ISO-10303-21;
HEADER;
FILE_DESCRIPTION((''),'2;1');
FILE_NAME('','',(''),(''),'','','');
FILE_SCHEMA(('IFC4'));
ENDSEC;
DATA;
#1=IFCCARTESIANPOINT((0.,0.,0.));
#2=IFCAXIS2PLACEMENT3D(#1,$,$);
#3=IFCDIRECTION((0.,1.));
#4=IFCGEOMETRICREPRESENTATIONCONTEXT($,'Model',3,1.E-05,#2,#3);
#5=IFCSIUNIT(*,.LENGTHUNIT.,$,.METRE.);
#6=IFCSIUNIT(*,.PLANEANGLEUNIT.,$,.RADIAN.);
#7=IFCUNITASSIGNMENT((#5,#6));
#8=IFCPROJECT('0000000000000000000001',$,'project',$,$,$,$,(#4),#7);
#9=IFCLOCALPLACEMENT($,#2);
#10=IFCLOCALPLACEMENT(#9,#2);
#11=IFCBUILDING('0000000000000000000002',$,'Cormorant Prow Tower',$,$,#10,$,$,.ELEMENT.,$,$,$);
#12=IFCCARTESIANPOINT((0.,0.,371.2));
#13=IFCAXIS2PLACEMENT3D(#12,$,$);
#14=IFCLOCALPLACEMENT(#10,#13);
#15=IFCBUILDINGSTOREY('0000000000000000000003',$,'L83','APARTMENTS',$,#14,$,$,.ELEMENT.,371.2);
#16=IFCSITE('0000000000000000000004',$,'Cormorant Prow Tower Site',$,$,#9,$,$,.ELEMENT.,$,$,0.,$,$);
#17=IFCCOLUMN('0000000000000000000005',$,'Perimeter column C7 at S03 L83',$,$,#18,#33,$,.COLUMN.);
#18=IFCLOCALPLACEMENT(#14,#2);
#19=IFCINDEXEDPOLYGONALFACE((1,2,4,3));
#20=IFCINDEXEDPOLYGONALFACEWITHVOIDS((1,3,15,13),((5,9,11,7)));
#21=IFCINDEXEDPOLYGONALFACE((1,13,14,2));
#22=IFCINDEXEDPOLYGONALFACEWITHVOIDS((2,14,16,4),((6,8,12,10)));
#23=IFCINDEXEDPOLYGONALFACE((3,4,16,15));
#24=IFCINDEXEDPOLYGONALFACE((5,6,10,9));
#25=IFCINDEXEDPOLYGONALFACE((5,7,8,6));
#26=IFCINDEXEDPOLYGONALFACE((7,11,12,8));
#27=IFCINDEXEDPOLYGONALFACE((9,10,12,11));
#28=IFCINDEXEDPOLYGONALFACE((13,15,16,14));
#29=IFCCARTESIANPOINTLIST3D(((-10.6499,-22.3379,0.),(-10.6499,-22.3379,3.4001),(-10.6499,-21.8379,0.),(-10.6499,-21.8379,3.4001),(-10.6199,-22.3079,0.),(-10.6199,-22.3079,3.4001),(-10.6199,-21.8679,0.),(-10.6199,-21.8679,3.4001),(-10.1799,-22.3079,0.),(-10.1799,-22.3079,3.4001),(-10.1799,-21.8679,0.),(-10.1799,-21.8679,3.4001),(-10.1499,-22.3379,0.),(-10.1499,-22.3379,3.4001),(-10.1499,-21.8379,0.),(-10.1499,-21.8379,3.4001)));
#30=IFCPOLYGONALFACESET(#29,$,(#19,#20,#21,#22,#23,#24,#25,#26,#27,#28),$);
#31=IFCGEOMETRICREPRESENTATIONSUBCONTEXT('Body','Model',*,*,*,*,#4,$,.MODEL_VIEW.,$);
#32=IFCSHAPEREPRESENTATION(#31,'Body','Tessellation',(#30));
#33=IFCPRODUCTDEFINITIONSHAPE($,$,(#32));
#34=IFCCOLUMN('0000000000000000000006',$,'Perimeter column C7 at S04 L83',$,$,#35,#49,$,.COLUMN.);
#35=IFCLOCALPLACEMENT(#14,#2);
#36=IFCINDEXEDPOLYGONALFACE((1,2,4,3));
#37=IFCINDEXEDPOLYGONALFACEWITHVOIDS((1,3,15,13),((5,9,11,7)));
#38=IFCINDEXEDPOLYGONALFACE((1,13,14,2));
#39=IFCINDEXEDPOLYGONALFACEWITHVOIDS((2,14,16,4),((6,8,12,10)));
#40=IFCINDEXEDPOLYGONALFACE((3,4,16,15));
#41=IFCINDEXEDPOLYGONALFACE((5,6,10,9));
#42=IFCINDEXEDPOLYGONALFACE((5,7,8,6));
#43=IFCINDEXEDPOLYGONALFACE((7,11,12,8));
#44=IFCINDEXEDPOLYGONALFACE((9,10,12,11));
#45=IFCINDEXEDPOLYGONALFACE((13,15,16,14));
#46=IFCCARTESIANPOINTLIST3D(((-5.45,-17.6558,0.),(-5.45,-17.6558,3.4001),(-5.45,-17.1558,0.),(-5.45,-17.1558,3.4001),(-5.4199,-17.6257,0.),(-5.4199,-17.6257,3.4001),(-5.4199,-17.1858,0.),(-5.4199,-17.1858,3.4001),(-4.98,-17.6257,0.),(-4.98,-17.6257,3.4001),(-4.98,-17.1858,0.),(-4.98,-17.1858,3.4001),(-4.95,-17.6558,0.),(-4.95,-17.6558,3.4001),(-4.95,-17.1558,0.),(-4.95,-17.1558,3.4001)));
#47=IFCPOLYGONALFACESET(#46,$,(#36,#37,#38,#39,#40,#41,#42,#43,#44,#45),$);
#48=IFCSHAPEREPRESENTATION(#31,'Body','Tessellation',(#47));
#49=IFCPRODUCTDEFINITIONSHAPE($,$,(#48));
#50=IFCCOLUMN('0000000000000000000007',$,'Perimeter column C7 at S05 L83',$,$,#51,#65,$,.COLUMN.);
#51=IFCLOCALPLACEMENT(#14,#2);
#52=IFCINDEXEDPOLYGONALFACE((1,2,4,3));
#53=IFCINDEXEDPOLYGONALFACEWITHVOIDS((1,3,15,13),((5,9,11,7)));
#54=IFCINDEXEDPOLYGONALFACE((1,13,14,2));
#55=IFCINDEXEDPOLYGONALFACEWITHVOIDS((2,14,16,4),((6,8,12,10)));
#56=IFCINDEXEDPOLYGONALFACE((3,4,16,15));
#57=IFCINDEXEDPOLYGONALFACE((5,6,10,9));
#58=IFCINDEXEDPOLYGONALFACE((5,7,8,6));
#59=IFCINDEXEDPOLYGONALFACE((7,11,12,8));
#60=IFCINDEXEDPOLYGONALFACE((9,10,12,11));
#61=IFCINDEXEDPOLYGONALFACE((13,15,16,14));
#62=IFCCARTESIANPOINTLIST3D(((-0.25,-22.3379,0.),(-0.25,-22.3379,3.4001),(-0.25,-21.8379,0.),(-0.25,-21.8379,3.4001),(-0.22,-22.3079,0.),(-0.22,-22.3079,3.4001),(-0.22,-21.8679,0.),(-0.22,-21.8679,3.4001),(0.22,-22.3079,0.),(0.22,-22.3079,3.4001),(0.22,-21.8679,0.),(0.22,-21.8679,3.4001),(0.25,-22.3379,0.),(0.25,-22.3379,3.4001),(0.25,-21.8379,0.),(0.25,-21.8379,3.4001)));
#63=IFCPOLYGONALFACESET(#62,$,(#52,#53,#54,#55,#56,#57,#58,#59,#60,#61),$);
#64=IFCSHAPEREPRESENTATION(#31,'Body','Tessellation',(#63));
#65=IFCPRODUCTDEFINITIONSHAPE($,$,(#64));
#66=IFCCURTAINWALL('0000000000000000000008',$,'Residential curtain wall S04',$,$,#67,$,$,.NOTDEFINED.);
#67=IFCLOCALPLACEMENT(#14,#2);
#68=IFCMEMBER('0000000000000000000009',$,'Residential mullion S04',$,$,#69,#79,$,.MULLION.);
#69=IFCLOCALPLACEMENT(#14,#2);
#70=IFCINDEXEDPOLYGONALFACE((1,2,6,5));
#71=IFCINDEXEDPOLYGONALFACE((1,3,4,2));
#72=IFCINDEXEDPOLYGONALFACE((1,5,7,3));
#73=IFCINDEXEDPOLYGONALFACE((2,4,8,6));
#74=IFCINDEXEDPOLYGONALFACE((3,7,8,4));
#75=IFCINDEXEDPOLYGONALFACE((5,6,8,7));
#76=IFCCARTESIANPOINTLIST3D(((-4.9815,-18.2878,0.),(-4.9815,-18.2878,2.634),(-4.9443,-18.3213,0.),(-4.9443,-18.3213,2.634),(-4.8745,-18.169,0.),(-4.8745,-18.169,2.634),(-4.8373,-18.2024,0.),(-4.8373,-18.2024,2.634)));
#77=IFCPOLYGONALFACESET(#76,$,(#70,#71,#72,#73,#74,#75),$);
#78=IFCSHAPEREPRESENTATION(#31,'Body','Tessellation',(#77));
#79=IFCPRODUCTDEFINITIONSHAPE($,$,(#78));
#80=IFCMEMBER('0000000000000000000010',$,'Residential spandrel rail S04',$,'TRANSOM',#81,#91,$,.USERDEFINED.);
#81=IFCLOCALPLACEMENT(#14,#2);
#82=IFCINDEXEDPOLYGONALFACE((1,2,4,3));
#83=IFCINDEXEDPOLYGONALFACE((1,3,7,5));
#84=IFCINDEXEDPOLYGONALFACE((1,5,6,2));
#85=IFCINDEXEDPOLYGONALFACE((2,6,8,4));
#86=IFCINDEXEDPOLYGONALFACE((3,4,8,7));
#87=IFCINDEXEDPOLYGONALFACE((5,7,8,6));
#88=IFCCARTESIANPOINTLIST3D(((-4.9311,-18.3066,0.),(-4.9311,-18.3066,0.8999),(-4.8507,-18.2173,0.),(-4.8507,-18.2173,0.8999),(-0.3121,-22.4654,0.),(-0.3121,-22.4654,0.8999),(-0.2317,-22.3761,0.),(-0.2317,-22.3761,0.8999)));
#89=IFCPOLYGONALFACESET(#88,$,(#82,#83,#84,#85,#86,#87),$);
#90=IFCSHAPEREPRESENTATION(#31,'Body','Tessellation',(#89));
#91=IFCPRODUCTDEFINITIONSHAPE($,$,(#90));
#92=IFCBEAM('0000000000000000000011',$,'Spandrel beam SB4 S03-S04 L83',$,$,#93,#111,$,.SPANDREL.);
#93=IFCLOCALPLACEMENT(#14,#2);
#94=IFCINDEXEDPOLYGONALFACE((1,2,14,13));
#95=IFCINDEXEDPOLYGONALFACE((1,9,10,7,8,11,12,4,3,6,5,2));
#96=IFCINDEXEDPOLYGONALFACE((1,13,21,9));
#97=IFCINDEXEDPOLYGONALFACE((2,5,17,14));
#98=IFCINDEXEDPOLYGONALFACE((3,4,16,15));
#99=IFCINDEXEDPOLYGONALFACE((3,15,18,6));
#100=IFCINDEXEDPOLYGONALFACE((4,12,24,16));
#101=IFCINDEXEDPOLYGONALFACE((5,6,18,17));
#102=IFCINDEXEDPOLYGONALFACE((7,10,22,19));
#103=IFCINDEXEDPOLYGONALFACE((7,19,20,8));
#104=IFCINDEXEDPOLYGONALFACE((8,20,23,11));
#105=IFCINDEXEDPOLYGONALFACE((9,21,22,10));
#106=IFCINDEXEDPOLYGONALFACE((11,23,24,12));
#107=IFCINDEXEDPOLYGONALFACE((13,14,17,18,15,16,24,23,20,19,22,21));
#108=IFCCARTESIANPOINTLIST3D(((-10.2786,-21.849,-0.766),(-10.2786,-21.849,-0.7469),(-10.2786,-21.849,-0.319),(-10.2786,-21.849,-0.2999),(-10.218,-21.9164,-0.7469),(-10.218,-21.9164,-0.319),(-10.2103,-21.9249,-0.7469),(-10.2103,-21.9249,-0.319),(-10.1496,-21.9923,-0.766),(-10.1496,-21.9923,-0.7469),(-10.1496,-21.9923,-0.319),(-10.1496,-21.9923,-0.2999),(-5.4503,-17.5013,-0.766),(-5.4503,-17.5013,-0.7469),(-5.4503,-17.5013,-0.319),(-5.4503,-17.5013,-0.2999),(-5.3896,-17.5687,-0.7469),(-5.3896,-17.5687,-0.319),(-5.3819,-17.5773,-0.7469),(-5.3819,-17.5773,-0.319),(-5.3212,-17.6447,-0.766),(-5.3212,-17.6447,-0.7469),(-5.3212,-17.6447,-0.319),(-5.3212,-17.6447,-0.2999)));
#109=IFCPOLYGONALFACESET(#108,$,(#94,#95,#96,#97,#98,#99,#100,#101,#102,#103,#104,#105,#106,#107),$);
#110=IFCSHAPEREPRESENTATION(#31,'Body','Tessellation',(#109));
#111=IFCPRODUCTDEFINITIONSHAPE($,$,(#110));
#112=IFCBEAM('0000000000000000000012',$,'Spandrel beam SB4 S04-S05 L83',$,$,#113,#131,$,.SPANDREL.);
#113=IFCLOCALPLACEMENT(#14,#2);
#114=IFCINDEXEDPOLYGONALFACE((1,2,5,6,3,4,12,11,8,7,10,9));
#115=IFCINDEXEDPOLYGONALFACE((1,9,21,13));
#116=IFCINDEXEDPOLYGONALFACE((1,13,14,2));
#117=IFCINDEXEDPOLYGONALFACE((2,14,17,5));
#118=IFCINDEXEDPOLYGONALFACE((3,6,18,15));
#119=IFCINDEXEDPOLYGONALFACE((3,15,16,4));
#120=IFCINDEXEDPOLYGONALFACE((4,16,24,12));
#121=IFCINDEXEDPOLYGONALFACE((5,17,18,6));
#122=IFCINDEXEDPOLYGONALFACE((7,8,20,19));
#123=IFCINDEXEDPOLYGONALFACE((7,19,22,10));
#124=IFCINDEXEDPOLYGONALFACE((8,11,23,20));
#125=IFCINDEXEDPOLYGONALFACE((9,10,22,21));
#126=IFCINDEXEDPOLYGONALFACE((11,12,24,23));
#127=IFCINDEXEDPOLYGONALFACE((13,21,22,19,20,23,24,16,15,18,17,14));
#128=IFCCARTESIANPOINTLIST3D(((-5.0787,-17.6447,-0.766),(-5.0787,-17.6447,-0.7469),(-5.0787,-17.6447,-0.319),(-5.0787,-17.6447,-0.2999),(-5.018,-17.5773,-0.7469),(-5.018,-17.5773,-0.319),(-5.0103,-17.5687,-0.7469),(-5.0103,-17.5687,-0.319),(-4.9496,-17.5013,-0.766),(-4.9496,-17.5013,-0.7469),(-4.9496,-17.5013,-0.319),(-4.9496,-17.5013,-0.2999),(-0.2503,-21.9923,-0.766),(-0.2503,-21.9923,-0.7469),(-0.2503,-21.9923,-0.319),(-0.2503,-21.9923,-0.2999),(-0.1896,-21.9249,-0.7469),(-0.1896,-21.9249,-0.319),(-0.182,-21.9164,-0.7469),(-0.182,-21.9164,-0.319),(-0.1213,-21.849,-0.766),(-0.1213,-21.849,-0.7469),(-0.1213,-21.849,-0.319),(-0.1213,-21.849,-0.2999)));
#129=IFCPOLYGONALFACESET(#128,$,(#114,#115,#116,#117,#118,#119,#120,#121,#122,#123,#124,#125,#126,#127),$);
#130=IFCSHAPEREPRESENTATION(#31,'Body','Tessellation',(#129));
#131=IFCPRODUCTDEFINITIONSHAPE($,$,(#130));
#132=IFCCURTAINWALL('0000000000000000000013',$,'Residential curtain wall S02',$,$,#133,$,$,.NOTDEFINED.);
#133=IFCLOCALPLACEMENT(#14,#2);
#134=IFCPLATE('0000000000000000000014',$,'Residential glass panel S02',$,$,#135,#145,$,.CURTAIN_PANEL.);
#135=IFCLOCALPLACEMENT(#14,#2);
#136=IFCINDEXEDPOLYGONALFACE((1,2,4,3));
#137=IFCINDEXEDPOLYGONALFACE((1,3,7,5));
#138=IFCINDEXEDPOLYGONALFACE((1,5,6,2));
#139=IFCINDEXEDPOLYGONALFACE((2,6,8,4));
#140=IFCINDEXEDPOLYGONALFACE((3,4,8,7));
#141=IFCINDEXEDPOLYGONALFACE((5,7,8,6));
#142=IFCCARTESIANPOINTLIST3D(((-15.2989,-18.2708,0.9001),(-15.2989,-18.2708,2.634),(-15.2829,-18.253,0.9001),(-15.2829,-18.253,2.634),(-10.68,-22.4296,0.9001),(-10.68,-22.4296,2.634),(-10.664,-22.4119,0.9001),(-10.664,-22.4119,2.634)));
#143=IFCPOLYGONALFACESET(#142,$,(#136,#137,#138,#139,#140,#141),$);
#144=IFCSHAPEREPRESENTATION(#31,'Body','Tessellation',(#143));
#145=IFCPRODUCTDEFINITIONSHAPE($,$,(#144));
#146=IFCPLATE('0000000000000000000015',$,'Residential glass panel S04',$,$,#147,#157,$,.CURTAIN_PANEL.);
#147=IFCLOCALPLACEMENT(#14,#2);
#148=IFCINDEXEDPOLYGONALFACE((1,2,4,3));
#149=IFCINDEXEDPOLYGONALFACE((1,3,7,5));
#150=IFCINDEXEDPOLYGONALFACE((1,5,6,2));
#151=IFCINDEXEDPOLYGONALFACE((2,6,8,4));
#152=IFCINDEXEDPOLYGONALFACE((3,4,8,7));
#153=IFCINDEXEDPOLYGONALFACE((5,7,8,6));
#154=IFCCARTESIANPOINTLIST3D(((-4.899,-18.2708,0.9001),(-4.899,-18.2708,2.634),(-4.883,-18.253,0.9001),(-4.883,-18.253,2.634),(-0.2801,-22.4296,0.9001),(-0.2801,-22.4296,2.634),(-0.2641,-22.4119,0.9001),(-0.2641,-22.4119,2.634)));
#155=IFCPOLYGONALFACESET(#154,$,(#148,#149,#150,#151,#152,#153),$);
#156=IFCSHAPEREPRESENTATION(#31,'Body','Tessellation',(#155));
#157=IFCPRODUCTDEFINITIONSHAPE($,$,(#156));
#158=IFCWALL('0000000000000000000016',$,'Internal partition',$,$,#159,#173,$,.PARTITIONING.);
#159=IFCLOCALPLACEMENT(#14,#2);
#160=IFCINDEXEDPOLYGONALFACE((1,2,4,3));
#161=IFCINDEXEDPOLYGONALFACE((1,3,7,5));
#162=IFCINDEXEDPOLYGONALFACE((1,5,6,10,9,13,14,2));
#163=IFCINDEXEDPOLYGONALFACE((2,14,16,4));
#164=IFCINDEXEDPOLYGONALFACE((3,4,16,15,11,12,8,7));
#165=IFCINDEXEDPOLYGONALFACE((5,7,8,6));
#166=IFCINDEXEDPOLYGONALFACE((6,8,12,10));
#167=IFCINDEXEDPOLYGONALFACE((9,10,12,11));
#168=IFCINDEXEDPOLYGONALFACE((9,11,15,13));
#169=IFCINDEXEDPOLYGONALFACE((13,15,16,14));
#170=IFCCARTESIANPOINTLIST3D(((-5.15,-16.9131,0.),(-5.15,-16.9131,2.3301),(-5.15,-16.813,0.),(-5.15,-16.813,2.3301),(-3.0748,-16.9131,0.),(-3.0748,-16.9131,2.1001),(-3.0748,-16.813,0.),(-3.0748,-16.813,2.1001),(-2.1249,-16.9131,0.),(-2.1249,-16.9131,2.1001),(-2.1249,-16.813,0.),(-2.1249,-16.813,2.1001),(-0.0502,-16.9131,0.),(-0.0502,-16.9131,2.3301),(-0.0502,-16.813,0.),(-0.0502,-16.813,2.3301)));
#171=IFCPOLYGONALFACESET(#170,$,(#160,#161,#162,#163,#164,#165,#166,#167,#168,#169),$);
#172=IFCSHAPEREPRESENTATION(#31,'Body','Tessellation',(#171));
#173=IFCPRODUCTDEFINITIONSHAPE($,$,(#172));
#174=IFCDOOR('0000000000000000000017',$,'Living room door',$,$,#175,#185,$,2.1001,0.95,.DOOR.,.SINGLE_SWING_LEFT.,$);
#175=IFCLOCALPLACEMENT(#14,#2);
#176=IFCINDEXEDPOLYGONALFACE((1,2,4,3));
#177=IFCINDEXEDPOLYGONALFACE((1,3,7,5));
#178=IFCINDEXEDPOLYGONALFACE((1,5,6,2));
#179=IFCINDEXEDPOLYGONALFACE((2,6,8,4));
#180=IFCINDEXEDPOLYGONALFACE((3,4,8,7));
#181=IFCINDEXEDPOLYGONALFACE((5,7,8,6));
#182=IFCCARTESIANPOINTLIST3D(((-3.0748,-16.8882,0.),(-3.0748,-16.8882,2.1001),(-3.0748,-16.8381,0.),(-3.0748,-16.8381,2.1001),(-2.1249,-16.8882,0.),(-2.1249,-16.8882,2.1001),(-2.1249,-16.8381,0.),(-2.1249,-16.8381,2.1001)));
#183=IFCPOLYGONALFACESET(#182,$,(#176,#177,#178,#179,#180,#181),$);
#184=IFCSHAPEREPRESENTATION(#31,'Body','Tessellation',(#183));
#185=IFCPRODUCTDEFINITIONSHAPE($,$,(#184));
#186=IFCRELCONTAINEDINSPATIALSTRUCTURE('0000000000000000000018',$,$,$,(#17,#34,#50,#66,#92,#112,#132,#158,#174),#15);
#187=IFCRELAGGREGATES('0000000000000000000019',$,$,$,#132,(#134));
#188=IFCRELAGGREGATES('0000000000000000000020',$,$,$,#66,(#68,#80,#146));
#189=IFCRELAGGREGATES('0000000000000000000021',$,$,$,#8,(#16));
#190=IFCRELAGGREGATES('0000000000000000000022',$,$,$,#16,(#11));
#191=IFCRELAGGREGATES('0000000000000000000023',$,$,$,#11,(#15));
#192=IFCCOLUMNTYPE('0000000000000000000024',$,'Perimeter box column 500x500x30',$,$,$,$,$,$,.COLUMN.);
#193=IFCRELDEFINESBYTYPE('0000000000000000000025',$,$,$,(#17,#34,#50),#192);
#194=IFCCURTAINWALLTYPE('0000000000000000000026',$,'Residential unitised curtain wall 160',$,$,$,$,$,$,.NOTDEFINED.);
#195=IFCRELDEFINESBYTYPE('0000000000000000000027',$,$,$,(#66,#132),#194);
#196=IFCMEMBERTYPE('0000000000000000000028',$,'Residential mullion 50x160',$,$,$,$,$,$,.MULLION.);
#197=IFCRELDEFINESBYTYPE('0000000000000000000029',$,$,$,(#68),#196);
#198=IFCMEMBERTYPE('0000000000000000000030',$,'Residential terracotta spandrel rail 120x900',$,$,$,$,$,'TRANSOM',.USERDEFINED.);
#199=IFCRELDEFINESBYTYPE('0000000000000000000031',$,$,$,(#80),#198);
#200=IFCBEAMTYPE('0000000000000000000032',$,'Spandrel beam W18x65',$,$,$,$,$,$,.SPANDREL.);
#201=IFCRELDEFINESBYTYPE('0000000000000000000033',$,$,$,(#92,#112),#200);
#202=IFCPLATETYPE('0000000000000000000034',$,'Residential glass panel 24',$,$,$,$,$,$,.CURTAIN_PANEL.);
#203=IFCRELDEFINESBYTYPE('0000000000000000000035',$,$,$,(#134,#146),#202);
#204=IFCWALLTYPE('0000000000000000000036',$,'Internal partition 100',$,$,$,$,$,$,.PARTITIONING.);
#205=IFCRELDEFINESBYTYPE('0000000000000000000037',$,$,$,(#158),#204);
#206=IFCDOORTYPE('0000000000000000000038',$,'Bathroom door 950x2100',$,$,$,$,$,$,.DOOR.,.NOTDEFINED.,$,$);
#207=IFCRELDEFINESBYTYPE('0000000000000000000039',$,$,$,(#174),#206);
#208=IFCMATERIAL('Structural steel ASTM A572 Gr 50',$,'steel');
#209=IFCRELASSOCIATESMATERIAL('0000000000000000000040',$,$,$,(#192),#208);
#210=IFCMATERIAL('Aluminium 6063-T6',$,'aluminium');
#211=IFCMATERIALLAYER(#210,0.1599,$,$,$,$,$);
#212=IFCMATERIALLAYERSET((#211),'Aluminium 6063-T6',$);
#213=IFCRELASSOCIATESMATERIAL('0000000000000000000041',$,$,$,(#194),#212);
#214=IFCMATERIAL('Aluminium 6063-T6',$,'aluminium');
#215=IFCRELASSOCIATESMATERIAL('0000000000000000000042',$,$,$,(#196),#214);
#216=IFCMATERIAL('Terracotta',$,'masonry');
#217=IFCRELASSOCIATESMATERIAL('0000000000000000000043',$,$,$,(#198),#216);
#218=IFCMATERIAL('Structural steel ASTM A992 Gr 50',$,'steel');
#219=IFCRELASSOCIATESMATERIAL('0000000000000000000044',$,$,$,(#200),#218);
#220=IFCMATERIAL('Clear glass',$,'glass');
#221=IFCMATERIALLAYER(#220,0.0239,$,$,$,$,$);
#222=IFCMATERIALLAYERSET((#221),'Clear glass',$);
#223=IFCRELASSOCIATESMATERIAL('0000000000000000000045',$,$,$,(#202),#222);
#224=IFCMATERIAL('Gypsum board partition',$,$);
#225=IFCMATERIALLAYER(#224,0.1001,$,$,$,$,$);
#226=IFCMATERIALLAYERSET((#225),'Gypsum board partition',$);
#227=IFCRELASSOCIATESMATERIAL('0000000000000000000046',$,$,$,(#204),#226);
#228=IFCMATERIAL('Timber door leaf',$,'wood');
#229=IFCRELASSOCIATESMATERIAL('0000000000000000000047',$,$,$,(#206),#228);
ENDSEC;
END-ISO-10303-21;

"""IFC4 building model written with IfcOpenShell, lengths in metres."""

from ifc_helpers import new_model, si_unit, direction, frame, frame_2d, origin, origin_2d, place, context, subcontext, project, spatial, rectangle, hollow_rectangle, i_section, extrude, material, layer, layer_set, material_profile, profile_set, type_object, element, fill, aggregate, save


model = new_model("IFC4")

# Units and contexts
model_context = context("Model", 3, precision=1e-05, world=origin(), true_north=direction((0.0, 1.0)))
body_context = subcontext(model_context, "Body", "Model", "MODEL_VIEW")
ifc_project = project(units=[si_unit("LENGTHUNIT", "METRE"), si_unit("PLANEANGLEUNIT", "RADIAN")], contexts=[model_context])

# Site, building, storey
site_placement = place(None, origin())
site = spatial("IfcSite", under=ifc_project, at=site_placement, Name="Cormorant Prow Tower Site", CompositionType="ELEMENT", RefElevation=0.0)
building_placement = place(site_placement, origin())
building = spatial("IfcBuilding", under=site, at=building_placement, Name="Cormorant Prow Tower", CompositionType="ELEMENT")
storey_placement = place(building_placement, frame((0.0, 0.0, 371.2)))
storey = spatial("IfcBuildingStorey", under=building, at=storey_placement, Name="L83", Description="APARTMENTS", CompositionType="ELEMENT", Elevation=371.2)

# Columns
ifc_material_1 = material(Name="Structural steel ASTM A572 Gr 50", Category="steel")
ifc_material_profile_1 = material_profile(ifc_material_1, hollow_rectangle(XDim=0.5, YDim=0.5, WallThickness=0.03, at=origin_2d()), Name="Box 500x500x30")
ifc_profile_set_1 = profile_set([ifc_material_profile_1], Name="Structural steel ASTM A572 Gr 50")
column_type = type_object("IfcColumnType", Name="Perimeter box column 500x500x30", PredefinedType="COLUMN", material=ifc_profile_set_1)
for number, where, z_axis, x_axis, name in (
    (1, (-10.3999, -22.0879, 0.0), (0.0, 0.0, 1.0), (1.0, 0.0, 0.0), "Perimeter column C7 at S03 L83"),
    (2, (-5.2, -17.4058, 0.0), (0.0, 0.0, 1.0), (1.0, 0.0, 0.0), "Perimeter column C7 at S04 L83"),
    (3, (0.0, -22.0879, 0.0), (0.0, 0.0, 1.0), (1.0, 0.0, 0.0), "Perimeter column C7 at S05 L83"),
):
    element("IfcColumn", number, at=place(storey_placement, frame(where, z_axis=z_axis, x_axis=x_axis)), inside=storey, type_object=column_type, Name=name, PredefinedType="COLUMN", context=body_context, shape_type="SweptSolid", body=[
        extrude(hollow_rectangle(XDim=0.5, YDim=0.5, WallThickness=0.03, at=origin_2d()), origin(), (0.0, 0.0, 1.0), 3.4001),
    ])

# Curtain wall, members
ifc_material_2 = material(Name="Aluminium 6063-T6", Category="aluminium")
ifc_layer_1 = layer(ifc_material_2, 0.1599)
ifc_layer_set_1 = layer_set([ifc_layer_1], Name="Aluminium 6063-T6")
curtain_wall_type = type_object("IfcCurtainWallType", Name="Residential unitised curtain wall 160", PredefinedType="NOTDEFINED", material=ifc_layer_set_1)
curtain_wall_1_placement = place(storey_placement, origin())
curtain_wall_1 = element("IfcCurtainWall", 4, at=curtain_wall_1_placement, inside=storey, type_object=curtain_wall_type, Name="Residential curtain wall S04", PredefinedType="NOTDEFINED")
ifc_material_3 = material(Name="Aluminium 6063-T6", Category="aluminium")
ifc_material_profile_2 = material_profile(ifc_material_3, rectangle(XDim=0.1599, YDim=0.05, at=origin_2d()), Name="Residential mullion 50x160")
ifc_profile_set_2 = profile_set([ifc_material_profile_2], Name="Aluminium 6063-T6")
member_type_1 = type_object("IfcMemberType", Name="Residential mullion 50x160", PredefinedType="MULLION", material=ifc_profile_set_2)
member_1_placement = place(storey_placement, frame((-4.9094, -18.2451, 0.0), z_axis=(0.0, 0.0, 1.0), x_axis=(0.669131, 0.743145, 0.0)))
member_1 = element("IfcMember", 5, at=member_1_placement, type_object=member_type_1, Name="Residential mullion S04", PredefinedType="MULLION", context=body_context, shape_type="SweptSolid", body=[
    extrude(rectangle(XDim=0.1599, YDim=0.05, at=origin_2d()), origin(), (0.0, 0.0, 1.0), 2.634),
])
ifc_material_4 = material(Name="Terracotta", Category="masonry")
ifc_material_profile_3 = material_profile(ifc_material_4, rectangle(XDim=0.1201, YDim=0.8999, at=origin_2d()), Name="Residential terracotta spandrel rail 120x900")
ifc_profile_set_3 = profile_set([ifc_material_profile_3], Name="Terracotta")
member_type_2 = type_object("IfcMemberType", Name="Residential terracotta spandrel rail 120x900", ElementType="TRANSOM", PredefinedType="USERDEFINED", material=ifc_profile_set_3)
member_2_placement = place(storey_placement, frame((-4.8909, -18.262, 0.45), z_axis=(0.743159, -0.669114, 0.0), x_axis=(0.669114, 0.743159, 0.0)))
member_2 = element("IfcMember", 6, at=member_2_placement, type_object=member_type_2, Name="Residential spandrel rail S04", ObjectType="TRANSOM", PredefinedType="USERDEFINED", context=body_context, shape_type="SweptSolid", body=[
    extrude(rectangle(XDim=0.1201, YDim=0.8999, at=origin_2d()), origin(), (0.0, 0.0, 1.0), 6.2153),
])

# Beams
ifc_material_5 = material(Name="Structural steel ASTM A992 Gr 50", Category="steel")
ifc_material_profile_4 = material_profile(ifc_material_5, i_section(OverallWidth=0.1929, OverallDepth=0.4661, WebThickness=0.0115, FlangeThickness=0.019, at=origin_2d()), Name="W18x65")
ifc_profile_set_4 = profile_set([ifc_material_profile_4], Name="Structural steel ASTM A992 Gr 50")
beam_type = type_object("IfcBeamType", Name="Spandrel beam W18x65", PredefinedType="SPANDREL", material=ifc_profile_set_4)
for number, where, z_axis, x_axis, name in (
    (7, (-10.2141, -21.9207, -0.533), (0.743132, 0.669145, 0.0), (-0.669145, 0.743132, 0.0), "Spandrel beam SB4 S03-S04 L83"),
    (8, (-5.0142, -17.573, -0.533), (0.743132, -0.669145, 0.0), (0.669145, 0.743132, 0.0), "Spandrel beam SB4 S04-S05 L83"),
):
    element("IfcBeam", number, at=place(storey_placement, frame(where, z_axis=z_axis, x_axis=x_axis)), inside=storey, type_object=beam_type, Name=name, PredefinedType="SPANDREL", context=body_context, shape_type="SweptSolid", body=[
        extrude(i_section(OverallWidth=0.1929, OverallDepth=0.4661, WebThickness=0.0115, FlangeThickness=0.019, at=origin_2d()), origin(), (0.0, 0.0, 1.0), 6.4973),
    ])

# Curtain wall, plate
curtain_wall_2_placement = place(storey_placement, origin())
curtain_wall_2 = element("IfcCurtainWall", 9, at=curtain_wall_2_placement, inside=storey, type_object=curtain_wall_type, Name="Residential curtain wall S02", PredefinedType="NOTDEFINED")
ifc_material_6 = material(Name="Clear glass", Category="glass")
ifc_layer_2 = layer(ifc_material_6, 0.0239)
ifc_layer_set_2 = layer_set([ifc_layer_2], Name="Clear glass")
plate_type = type_object("IfcPlateType", Name="Residential glass panel 24", PredefinedType="CURTAIN_PANEL", material=ifc_layer_set_2)
plate_1_placement = place(storey_placement, frame((-12.9814, -20.3413, 0.9001), z_axis=(0.0, 0.0, 1.0), x_axis=(0.743145, -0.669131, 0.0)))
plate_1 = element("IfcPlate", 10, at=plate_1_placement, type_object=plate_type, Name="Residential glass panel S02", PredefinedType="CURTAIN_PANEL", context=body_context, shape_type="SweptSolid", body=[
    extrude(rectangle(XDim=6.2153, YDim=0.0239, at=origin_2d()), origin(), (0.0, 0.0, 1.0), 1.7339),
])
aggregate(curtain_wall_2, [plate_1])

# Plate
plate_2_placement = place(storey_placement, frame((-2.5815, -20.3413, 0.9001), z_axis=(0.0, 0.0, 1.0), x_axis=(0.743145, -0.669131, 0.0)))
plate_2 = element("IfcPlate", 11, at=plate_2_placement, type_object=plate_type, Name="Residential glass panel S04", PredefinedType="CURTAIN_PANEL", context=body_context, shape_type="SweptSolid", body=[
    extrude(rectangle(XDim=6.2153, YDim=0.0239, at=origin_2d()), origin(), (0.0, 0.0, 1.0), 1.7339),
])
aggregate(curtain_wall_1, [member_1, member_2, plate_2])

# Wall, opening, door
ifc_material_7 = material(Name="Gypsum board partition")
ifc_layer_3 = layer(ifc_material_7, 0.1001)
ifc_layer_set_3 = layer_set([ifc_layer_3], Name="Gypsum board partition")
wall_type_1 = type_object("IfcWallType", Name="Internal partition 100", PredefinedType="PARTITIONING", material=ifc_layer_set_3)
wall_1_placement = place(storey_placement, frame((-5.1499, -16.863, 0.0), z_axis=(0.0, 0.0, 1.0), x_axis=(1.0, 0.0, 0.0)))
wall_1 = element("IfcWall", 12, at=wall_1_placement, inside=storey, type_object=wall_type_1, Name="Internal partition", PredefinedType="PARTITIONING", context=body_context, shape_type="SweptSolid", body=[
    extrude(rectangle(XDim=5.0999, YDim=0.1001, at=frame_2d((2.5498, 0.0))), origin(), (0.0, 0.0, 1.0), 2.3301),
])
opening_1_placement = place(wall_1_placement, frame((2.075, 0.0, 0.0)))
opening_1 = element("IfcOpeningElement", 13, at=opening_1_placement, cuts=wall_1, PredefinedType="OPENING", context=body_context, shape_type="SweptSolid", body=[
    extrude(rectangle(XDim=0.95, YDim=2.1001, at=frame_2d((0.4751, 1.05))), frame((0.0, 0.0601, 0.0), z_axis=(0.0, -1.0, 0.0), x_axis=(1.0, 0.0, 0.0)), (0.0, 0.0, 1.0), 0.1201),
])
ifc_material_8 = material(Name="Timber door leaf", Category="wood")
door_type_1 = type_object("IfcDoorType", Name="Bathroom door 950x2100", OperationType="NOTDEFINED", PredefinedType="DOOR", material=ifc_material_8)
door_1_placement = place(opening_1_placement, origin())
door_1 = element("IfcDoor", 14, at=door_1_placement, inside=storey, type_object=door_type_1, Name="Living room door", OperationType="SINGLE_SWING_LEFT", OverallHeight=2.1001, OverallWidth=0.95, PredefinedType="DOOR", context=body_context, shape_type="SweptSolid", body=[
    extrude(rectangle(XDim=0.95, YDim=2.1001, at=frame_2d((0.4751, 1.05))), frame((0.0, 0.0249, 0.0), z_axis=(0.0, -1.0, 0.0), x_axis=(1.0, 0.0, 0.0)), (0.0, 0.0, 1.0), 0.05),
])
fill(opening_1, door_1)

save(model, "model.ifc")
